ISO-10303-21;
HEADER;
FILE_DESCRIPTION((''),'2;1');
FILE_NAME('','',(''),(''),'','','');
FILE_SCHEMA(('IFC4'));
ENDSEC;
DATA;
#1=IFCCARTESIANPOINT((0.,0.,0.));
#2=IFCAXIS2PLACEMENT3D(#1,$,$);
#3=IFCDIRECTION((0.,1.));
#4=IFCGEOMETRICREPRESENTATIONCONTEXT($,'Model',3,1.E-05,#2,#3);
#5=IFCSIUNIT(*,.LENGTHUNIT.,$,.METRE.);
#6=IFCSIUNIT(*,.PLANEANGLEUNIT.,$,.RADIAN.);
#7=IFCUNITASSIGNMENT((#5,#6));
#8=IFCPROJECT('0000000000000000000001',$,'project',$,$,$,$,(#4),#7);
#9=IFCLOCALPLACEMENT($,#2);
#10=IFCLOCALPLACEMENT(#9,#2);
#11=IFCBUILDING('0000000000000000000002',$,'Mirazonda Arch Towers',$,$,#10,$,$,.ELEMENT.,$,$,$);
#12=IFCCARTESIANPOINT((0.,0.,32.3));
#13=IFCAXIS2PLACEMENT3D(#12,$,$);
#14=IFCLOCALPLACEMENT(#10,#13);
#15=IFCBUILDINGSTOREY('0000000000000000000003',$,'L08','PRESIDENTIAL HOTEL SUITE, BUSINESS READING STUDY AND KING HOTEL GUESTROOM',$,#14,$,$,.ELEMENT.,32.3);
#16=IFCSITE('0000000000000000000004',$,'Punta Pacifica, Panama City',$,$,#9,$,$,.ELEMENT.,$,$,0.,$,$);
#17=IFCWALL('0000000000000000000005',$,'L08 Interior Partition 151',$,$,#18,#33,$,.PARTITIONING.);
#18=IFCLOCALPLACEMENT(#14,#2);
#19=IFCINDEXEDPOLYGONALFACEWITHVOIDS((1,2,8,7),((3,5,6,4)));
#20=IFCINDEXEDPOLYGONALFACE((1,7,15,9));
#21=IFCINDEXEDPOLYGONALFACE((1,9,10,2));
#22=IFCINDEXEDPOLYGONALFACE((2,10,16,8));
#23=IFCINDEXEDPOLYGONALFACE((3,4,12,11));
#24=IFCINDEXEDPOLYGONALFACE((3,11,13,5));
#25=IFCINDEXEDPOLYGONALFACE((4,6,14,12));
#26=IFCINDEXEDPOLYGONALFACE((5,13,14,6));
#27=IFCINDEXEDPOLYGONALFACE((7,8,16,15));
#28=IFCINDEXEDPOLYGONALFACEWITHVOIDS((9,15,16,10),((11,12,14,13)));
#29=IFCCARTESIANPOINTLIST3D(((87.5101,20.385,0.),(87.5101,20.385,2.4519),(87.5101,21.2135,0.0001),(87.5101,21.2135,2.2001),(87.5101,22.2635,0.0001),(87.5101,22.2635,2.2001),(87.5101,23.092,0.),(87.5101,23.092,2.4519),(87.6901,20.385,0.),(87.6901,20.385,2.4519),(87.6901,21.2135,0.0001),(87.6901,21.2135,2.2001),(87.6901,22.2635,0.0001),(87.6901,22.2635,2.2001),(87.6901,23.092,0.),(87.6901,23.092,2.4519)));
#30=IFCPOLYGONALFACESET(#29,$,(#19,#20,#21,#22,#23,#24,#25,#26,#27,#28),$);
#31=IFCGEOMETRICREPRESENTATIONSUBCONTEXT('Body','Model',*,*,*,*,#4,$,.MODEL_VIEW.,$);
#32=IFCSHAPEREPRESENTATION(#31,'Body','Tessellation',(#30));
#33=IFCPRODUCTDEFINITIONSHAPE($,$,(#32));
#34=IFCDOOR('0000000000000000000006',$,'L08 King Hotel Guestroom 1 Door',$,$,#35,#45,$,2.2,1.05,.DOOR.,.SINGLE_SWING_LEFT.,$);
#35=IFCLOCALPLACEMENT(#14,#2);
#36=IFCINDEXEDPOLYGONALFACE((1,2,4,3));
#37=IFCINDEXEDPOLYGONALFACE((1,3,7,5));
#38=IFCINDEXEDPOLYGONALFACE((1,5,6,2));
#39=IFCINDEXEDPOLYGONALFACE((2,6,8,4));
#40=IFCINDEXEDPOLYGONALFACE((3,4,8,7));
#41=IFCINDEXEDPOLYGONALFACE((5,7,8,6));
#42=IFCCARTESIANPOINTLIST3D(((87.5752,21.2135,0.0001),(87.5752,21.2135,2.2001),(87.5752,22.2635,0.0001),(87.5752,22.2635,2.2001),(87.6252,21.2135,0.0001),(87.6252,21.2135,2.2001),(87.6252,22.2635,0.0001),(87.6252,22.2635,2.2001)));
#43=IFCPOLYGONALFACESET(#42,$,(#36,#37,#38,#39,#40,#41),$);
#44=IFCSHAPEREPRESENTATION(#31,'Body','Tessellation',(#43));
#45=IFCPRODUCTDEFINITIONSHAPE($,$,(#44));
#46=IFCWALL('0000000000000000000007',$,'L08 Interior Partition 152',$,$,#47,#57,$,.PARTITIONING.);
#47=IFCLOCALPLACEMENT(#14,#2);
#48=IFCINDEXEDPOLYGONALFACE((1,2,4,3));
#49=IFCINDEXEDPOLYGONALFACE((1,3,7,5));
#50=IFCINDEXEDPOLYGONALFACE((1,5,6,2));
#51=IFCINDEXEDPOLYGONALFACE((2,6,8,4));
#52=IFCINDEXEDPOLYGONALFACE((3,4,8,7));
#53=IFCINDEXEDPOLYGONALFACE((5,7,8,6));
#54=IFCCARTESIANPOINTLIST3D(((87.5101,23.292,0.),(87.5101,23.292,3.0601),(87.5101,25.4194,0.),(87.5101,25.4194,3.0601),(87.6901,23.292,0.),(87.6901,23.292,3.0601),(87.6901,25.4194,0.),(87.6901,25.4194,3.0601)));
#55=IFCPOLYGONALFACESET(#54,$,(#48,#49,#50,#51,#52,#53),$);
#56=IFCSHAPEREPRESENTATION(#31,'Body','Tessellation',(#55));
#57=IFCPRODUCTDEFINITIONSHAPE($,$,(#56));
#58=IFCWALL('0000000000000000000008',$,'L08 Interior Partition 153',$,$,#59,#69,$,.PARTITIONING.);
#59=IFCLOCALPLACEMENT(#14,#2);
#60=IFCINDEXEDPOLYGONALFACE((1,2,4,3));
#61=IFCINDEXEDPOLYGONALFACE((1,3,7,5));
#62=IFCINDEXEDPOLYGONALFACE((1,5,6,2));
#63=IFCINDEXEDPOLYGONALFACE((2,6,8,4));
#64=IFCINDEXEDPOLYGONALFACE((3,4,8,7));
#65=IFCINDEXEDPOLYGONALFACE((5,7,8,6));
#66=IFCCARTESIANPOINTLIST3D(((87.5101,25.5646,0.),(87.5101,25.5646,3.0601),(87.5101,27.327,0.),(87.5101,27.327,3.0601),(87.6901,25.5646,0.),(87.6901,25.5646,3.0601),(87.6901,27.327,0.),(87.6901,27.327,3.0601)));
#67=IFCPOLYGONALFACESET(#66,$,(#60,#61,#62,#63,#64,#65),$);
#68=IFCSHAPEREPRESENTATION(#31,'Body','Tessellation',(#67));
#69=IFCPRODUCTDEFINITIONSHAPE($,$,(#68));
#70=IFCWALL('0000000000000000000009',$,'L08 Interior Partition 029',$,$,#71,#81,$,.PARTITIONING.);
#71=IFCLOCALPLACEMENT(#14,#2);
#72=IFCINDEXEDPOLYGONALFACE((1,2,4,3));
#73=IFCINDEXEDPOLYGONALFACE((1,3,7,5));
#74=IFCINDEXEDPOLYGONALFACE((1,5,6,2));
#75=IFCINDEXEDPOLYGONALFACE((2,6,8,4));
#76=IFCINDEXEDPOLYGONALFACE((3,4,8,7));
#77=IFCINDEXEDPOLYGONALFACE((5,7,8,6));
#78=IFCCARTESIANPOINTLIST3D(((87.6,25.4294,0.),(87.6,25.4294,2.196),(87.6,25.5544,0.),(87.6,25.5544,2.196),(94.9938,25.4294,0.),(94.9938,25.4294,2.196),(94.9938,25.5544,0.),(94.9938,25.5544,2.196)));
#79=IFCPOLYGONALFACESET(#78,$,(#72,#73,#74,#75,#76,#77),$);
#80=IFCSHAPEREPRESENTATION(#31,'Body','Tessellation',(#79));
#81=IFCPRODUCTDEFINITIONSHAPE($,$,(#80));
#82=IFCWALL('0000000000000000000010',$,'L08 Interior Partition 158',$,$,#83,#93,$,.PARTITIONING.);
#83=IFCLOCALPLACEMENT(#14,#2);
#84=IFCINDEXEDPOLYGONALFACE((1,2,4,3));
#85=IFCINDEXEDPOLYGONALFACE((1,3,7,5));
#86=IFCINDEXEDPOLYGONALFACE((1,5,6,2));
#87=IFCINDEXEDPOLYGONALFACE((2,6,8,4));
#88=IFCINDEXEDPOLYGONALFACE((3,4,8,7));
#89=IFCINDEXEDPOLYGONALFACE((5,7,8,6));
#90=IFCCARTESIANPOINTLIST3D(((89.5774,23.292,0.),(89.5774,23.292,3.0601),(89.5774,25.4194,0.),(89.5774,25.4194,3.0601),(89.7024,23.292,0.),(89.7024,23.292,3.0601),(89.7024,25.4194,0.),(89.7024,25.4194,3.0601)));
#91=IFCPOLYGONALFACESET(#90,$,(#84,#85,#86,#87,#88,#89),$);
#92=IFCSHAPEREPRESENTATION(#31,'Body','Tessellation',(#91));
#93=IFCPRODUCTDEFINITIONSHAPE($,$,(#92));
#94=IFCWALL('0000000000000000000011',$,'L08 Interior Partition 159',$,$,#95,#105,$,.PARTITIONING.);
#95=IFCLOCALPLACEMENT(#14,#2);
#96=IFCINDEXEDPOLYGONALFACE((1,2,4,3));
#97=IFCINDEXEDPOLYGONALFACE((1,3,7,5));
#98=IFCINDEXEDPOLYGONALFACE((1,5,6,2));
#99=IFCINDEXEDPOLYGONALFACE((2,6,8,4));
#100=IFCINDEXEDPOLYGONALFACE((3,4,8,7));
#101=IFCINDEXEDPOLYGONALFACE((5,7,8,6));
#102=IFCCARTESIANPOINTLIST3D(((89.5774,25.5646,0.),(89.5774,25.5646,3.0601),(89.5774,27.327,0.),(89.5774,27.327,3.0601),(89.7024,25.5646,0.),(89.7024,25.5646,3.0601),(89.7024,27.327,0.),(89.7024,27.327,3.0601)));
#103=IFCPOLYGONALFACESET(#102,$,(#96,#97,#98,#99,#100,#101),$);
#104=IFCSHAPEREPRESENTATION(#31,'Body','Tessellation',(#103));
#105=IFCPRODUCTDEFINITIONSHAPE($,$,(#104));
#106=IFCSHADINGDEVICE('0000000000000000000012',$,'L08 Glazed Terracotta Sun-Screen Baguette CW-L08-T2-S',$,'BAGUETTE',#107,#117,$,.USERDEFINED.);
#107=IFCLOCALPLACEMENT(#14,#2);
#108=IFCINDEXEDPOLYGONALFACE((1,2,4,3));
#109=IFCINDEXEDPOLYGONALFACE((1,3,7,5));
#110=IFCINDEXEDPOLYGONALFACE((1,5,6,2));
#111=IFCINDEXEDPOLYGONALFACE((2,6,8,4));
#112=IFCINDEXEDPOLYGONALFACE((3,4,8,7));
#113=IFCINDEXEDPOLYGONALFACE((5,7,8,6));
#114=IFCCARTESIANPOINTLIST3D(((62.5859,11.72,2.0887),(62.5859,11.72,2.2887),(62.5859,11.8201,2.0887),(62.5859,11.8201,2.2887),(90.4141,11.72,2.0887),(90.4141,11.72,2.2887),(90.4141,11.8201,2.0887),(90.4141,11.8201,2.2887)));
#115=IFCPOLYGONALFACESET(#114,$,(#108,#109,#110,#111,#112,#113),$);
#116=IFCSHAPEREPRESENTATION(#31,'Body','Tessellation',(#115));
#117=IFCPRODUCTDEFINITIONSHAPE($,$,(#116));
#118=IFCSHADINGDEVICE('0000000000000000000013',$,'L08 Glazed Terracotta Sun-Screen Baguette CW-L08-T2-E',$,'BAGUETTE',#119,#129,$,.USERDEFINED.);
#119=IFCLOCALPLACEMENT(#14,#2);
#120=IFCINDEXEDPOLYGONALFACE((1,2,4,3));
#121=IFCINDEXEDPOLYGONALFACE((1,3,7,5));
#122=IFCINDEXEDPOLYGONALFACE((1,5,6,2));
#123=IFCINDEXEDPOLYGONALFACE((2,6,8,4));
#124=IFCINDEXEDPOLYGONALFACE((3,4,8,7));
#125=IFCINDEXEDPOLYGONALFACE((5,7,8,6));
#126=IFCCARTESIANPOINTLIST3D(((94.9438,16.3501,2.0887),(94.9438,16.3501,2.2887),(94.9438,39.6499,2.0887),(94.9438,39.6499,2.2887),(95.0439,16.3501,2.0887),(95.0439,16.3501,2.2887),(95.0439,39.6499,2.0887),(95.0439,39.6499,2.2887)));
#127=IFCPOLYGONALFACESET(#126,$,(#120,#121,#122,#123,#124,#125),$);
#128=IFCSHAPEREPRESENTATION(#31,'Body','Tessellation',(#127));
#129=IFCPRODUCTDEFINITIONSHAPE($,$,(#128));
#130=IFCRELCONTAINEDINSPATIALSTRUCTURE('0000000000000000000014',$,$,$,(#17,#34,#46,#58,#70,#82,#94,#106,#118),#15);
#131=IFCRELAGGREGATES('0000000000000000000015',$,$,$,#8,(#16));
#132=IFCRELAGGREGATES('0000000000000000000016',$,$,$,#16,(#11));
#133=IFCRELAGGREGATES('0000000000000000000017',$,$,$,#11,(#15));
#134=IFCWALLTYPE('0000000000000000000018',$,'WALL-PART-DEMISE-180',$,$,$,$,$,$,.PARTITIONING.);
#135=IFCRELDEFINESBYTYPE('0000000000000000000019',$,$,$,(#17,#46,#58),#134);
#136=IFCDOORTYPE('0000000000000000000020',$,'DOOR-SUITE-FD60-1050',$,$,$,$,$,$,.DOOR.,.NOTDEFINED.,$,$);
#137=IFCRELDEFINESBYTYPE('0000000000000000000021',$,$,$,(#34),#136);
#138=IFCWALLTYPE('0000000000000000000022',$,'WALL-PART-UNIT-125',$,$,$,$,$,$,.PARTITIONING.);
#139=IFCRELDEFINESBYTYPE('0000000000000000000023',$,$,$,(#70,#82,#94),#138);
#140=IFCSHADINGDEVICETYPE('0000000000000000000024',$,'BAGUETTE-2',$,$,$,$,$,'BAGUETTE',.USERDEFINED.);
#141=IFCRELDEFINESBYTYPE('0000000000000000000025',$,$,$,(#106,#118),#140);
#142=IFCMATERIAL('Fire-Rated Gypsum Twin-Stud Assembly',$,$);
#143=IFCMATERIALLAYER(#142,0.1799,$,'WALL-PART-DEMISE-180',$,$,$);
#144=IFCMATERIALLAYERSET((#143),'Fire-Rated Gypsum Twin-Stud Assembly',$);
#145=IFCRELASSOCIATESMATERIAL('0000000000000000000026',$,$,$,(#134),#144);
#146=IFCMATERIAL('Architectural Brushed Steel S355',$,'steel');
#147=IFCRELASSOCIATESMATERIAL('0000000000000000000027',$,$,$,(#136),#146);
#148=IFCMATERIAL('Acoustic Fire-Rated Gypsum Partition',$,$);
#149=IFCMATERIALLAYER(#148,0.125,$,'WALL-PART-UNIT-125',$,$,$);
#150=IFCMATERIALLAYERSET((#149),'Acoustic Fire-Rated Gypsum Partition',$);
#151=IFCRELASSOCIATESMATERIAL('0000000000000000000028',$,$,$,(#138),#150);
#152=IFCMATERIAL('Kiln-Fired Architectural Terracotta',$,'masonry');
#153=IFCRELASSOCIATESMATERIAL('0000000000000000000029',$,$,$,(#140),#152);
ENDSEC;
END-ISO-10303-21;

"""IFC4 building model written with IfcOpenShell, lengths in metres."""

from ifc_helpers import new_model, si_unit, direction, frame, frame_2d, origin, origin_2d, place, context, subcontext, project, spatial, rectangle, extrude, material, layer, layer_set, material_profile, profile_set, type_object, element, fill, save


model = new_model("IFC4")

# Units and contexts
model_context = context("Model", 3, precision=1e-05, world=origin(), true_north=direction((0.0, 1.0)))
body_context = subcontext(model_context, "Body", "Model", "MODEL_VIEW")
ifc_project = project(units=[si_unit("LENGTHUNIT", "METRE"), si_unit("PLANEANGLEUNIT", "RADIAN")], contexts=[model_context])

# Site, building, storey
site_placement = place(None, origin())
site = spatial("IfcSite", under=ifc_project, at=site_placement, Name="Punta Pacifica, Panama City", CompositionType="ELEMENT", RefElevation=0.0)
building_placement = place(site_placement, origin())
building = spatial("IfcBuilding", under=site, at=building_placement, Name="Mirazonda Arch Towers", CompositionType="ELEMENT")
storey_placement = place(building_placement, frame((0.0, 0.0, 32.3)))
storey = spatial("IfcBuildingStorey", under=building, at=storey_placement, Name="L08", Description="PRESIDENTIAL HOTEL SUITE, BUSINESS READING STUDY AND KING HOTEL GUESTROOM", CompositionType="ELEMENT", Elevation=32.3)

# Shared definitions
ifc_material_1 = material(Name="Fire-Rated Gypsum Twin-Stud Assembly")
ifc_layer_1 = layer(ifc_material_1, 0.1799, Name="WALL-PART-DEMISE-180")
ifc_layer_set_1 = layer_set([ifc_layer_1], Name="Fire-Rated Gypsum Twin-Stud Assembly")
wall_type_1 = type_object("IfcWallType", Name="WALL-PART-DEMISE-180", PredefinedType="PARTITIONING", material=ifc_layer_set_1)

# Shared definitions
ifc_material_2 = material(Name="Architectural Brushed Steel S355", Category="steel")

# Wall, opening, door
wall_1_placement = place(storey_placement, frame((87.6001, 20.385, 0.0), z_axis=(0.0, 0.0, 1.0), x_axis=(0.0, 1.0, 0.0)))
wall_1 = element("IfcWall", 1, at=wall_1_placement, inside=storey, type_object=wall_type_1, Name="L08 Interior Partition 151", PredefinedType="PARTITIONING", context=body_context, shape_type="SweptSolid", body=[
    extrude(rectangle(XDim=2.707, YDim=0.1799, at=frame_2d((1.3535, 0.0))), origin(), (0.0, 0.0, 1.0), 2.4519),
])
opening_1_placement = place(wall_1_placement, frame((0.8286, 0.0, 0.0)))
opening_1 = element("IfcOpeningElement", 2, at=opening_1_placement, cuts=wall_1, PredefinedType="OPENING", context=body_context, shape_type="SweptSolid", body=[
    extrude(rectangle(XDim=1.05, YDim=2.2, at=frame_2d((0.5249, 1.1001))), frame((0.0, 0.0999, 0.0), z_axis=(0.0, -1.0, 0.0), x_axis=(1.0, 0.0, 0.0)), (0.0, 0.0, 1.0), 0.2),
])
door_type_1 = type_object("IfcDoorType", Name="DOOR-SUITE-FD60-1050", OperationType="NOTDEFINED", PredefinedType="DOOR", material=ifc_material_2)
door_1_placement = place(opening_1_placement, origin())
door_1 = element("IfcDoor", 3, at=door_1_placement, inside=storey, type_object=door_type_1, Name="L08 King Hotel Guestroom 1 Door", OperationType="SINGLE_SWING_LEFT", OverallHeight=2.2, OverallWidth=1.05, PredefinedType="DOOR", context=body_context, shape_type="SweptSolid", body=[
    extrude(rectangle(XDim=1.05, YDim=2.2, at=frame_2d((0.5249, 1.1001))), frame((0.0, 0.0249, 0.0), z_axis=(0.0, -1.0, 0.0), x_axis=(1.0, 0.0, 0.0)), (0.0, 0.0, 1.0), 0.05),
])
fill(opening_1, door_1)

# Walls
wall_2_placement = place(storey_placement, frame((87.6001, 23.292, 0.0), z_axis=(0.0, 0.0, 1.0), x_axis=(0.0, 1.0, 0.0)))
element("IfcWall", 4, at=wall_2_placement, inside=storey, type_object=wall_type_1, Name="L08 Interior Partition 152", PredefinedType="PARTITIONING", context=body_context, shape_type="SweptSolid", body=[
    extrude(rectangle(XDim=2.1274, YDim=0.1799, at=frame_2d((1.0637, 0.0))), origin(), (0.0, 0.0, 1.0), 3.0601),
])
wall_3_placement = place(storey_placement, frame((87.6001, 25.5645, 0.0), z_axis=(0.0, 0.0, 1.0), x_axis=(0.0, 1.0, 0.0)))
element("IfcWall", 5, at=wall_3_placement, inside=storey, type_object=wall_type_1, Name="L08 Interior Partition 153", PredefinedType="PARTITIONING", context=body_context, shape_type="SweptSolid", body=[
    extrude(rectangle(XDim=1.7625, YDim=0.1799, at=frame_2d((0.8813, 0.0))), origin(), (0.0, 0.0, 1.0), 3.0601),
])
ifc_material_3 = material(Name="Acoustic Fire-Rated Gypsum Partition")
ifc_layer_2 = layer(ifc_material_3, 0.125, Name="WALL-PART-UNIT-125")
ifc_layer_set_2 = layer_set([ifc_layer_2], Name="Acoustic Fire-Rated Gypsum Partition")
wall_type_2 = type_object("IfcWallType", Name="WALL-PART-UNIT-125", PredefinedType="PARTITIONING", material=ifc_layer_set_2)
wall_4_placement = place(storey_placement, frame((87.6001, 25.4919, 0.0), z_axis=(0.0, 0.0, 1.0), x_axis=(1.0, 0.0, 0.0)))
element("IfcWall", 6, at=wall_4_placement, inside=storey, type_object=wall_type_2, Name="L08 Interior Partition 029", PredefinedType="PARTITIONING", context=body_context, shape_type="SweptSolid", body=[
    extrude(rectangle(XDim=7.3938, YDim=0.125, at=frame_2d((3.6968, 0.0))), origin(), (0.0, 0.0, 1.0), 2.196),
])
wall_5_placement = place(storey_placement, frame((89.6399, 23.292, 0.0), z_axis=(0.0, 0.0, 1.0), x_axis=(0.0, 1.0, 0.0)))
element("IfcWall", 7, at=wall_5_placement, inside=storey, type_object=wall_type_2, Name="L08 Interior Partition 158", PredefinedType="PARTITIONING", context=body_context, shape_type="SweptSolid", body=[
    extrude(rectangle(XDim=2.1274, YDim=0.125, at=frame_2d((1.0637, 0.0))), origin(), (0.0, 0.0, 1.0), 3.0601),
])
wall_6_placement = place(storey_placement, frame((89.6399, 25.5645, 0.0), z_axis=(0.0, 0.0, 1.0), x_axis=(0.0, 1.0, 0.0)))
element("IfcWall", 8, at=wall_6_placement, inside=storey, type_object=wall_type_2, Name="L08 Interior Partition 159", PredefinedType="PARTITIONING", context=body_context, shape_type="SweptSolid", body=[
    extrude(rectangle(XDim=1.7625, YDim=0.125, at=frame_2d((0.8813, 0.0))), origin(), (0.0, 0.0, 1.0), 3.0601),
])

# Shading devices
ifc_material_4 = material(Name="Kiln-Fired Architectural Terracotta", Category="masonry")
ifc_material_profile_1 = material_profile(ifc_material_4, rectangle(XDim=0.1001, YDim=0.2, at=origin_2d()), Name="TERRA-BAG-100x200")
ifc_profile_set_1 = profile_set([ifc_material_profile_1], Name="Kiln-Fired Architectural Terracotta")
shading_device_type = type_object("IfcShadingDeviceType", Name="BAGUETTE-2", ElementType="BAGUETTE", PredefinedType="USERDEFINED", material=ifc_profile_set_1)
shading_device_1_placement = place(storey_placement, frame((90.4141, 11.77, 2.1887), z_axis=(-1.0, 0.0, 0.0), x_axis=(0.0, -1.0, 0.0)))
element("IfcShadingDevice", 9, at=shading_device_1_placement, inside=storey, type_object=shading_device_type, Name="L08 Glazed Terracotta Sun-Screen Baguette CW-L08-T2-S", ObjectType="BAGUETTE", PredefinedType="USERDEFINED", context=body_context, shape_type="SweptSolid", body=[
    extrude(rectangle(XDim=0.1001, YDim=0.2, at=origin_2d()), origin(), (0.0, 0.0, 1.0), 27.8281),
])
shading_device_2_placement = place(storey_placement, frame((94.9939, 16.3501, 2.1887), z_axis=(0.0, 1.0, 0.0), x_axis=(-1.0, 0.0, 0.0)))
element("IfcShadingDevice", 10, at=shading_device_2_placement, inside=storey, type_object=shading_device_type, Name="L08 Glazed Terracotta Sun-Screen Baguette CW-L08-T2-E", ObjectType="BAGUETTE", PredefinedType="USERDEFINED", context=body_context, shape_type="SweptSolid", body=[
    extrude(rectangle(XDim=0.1001, YDim=0.2, at=origin_2d()), origin(), (0.0, 0.0, 1.0), 23.2998),
])

save(model, "model.ifc")
